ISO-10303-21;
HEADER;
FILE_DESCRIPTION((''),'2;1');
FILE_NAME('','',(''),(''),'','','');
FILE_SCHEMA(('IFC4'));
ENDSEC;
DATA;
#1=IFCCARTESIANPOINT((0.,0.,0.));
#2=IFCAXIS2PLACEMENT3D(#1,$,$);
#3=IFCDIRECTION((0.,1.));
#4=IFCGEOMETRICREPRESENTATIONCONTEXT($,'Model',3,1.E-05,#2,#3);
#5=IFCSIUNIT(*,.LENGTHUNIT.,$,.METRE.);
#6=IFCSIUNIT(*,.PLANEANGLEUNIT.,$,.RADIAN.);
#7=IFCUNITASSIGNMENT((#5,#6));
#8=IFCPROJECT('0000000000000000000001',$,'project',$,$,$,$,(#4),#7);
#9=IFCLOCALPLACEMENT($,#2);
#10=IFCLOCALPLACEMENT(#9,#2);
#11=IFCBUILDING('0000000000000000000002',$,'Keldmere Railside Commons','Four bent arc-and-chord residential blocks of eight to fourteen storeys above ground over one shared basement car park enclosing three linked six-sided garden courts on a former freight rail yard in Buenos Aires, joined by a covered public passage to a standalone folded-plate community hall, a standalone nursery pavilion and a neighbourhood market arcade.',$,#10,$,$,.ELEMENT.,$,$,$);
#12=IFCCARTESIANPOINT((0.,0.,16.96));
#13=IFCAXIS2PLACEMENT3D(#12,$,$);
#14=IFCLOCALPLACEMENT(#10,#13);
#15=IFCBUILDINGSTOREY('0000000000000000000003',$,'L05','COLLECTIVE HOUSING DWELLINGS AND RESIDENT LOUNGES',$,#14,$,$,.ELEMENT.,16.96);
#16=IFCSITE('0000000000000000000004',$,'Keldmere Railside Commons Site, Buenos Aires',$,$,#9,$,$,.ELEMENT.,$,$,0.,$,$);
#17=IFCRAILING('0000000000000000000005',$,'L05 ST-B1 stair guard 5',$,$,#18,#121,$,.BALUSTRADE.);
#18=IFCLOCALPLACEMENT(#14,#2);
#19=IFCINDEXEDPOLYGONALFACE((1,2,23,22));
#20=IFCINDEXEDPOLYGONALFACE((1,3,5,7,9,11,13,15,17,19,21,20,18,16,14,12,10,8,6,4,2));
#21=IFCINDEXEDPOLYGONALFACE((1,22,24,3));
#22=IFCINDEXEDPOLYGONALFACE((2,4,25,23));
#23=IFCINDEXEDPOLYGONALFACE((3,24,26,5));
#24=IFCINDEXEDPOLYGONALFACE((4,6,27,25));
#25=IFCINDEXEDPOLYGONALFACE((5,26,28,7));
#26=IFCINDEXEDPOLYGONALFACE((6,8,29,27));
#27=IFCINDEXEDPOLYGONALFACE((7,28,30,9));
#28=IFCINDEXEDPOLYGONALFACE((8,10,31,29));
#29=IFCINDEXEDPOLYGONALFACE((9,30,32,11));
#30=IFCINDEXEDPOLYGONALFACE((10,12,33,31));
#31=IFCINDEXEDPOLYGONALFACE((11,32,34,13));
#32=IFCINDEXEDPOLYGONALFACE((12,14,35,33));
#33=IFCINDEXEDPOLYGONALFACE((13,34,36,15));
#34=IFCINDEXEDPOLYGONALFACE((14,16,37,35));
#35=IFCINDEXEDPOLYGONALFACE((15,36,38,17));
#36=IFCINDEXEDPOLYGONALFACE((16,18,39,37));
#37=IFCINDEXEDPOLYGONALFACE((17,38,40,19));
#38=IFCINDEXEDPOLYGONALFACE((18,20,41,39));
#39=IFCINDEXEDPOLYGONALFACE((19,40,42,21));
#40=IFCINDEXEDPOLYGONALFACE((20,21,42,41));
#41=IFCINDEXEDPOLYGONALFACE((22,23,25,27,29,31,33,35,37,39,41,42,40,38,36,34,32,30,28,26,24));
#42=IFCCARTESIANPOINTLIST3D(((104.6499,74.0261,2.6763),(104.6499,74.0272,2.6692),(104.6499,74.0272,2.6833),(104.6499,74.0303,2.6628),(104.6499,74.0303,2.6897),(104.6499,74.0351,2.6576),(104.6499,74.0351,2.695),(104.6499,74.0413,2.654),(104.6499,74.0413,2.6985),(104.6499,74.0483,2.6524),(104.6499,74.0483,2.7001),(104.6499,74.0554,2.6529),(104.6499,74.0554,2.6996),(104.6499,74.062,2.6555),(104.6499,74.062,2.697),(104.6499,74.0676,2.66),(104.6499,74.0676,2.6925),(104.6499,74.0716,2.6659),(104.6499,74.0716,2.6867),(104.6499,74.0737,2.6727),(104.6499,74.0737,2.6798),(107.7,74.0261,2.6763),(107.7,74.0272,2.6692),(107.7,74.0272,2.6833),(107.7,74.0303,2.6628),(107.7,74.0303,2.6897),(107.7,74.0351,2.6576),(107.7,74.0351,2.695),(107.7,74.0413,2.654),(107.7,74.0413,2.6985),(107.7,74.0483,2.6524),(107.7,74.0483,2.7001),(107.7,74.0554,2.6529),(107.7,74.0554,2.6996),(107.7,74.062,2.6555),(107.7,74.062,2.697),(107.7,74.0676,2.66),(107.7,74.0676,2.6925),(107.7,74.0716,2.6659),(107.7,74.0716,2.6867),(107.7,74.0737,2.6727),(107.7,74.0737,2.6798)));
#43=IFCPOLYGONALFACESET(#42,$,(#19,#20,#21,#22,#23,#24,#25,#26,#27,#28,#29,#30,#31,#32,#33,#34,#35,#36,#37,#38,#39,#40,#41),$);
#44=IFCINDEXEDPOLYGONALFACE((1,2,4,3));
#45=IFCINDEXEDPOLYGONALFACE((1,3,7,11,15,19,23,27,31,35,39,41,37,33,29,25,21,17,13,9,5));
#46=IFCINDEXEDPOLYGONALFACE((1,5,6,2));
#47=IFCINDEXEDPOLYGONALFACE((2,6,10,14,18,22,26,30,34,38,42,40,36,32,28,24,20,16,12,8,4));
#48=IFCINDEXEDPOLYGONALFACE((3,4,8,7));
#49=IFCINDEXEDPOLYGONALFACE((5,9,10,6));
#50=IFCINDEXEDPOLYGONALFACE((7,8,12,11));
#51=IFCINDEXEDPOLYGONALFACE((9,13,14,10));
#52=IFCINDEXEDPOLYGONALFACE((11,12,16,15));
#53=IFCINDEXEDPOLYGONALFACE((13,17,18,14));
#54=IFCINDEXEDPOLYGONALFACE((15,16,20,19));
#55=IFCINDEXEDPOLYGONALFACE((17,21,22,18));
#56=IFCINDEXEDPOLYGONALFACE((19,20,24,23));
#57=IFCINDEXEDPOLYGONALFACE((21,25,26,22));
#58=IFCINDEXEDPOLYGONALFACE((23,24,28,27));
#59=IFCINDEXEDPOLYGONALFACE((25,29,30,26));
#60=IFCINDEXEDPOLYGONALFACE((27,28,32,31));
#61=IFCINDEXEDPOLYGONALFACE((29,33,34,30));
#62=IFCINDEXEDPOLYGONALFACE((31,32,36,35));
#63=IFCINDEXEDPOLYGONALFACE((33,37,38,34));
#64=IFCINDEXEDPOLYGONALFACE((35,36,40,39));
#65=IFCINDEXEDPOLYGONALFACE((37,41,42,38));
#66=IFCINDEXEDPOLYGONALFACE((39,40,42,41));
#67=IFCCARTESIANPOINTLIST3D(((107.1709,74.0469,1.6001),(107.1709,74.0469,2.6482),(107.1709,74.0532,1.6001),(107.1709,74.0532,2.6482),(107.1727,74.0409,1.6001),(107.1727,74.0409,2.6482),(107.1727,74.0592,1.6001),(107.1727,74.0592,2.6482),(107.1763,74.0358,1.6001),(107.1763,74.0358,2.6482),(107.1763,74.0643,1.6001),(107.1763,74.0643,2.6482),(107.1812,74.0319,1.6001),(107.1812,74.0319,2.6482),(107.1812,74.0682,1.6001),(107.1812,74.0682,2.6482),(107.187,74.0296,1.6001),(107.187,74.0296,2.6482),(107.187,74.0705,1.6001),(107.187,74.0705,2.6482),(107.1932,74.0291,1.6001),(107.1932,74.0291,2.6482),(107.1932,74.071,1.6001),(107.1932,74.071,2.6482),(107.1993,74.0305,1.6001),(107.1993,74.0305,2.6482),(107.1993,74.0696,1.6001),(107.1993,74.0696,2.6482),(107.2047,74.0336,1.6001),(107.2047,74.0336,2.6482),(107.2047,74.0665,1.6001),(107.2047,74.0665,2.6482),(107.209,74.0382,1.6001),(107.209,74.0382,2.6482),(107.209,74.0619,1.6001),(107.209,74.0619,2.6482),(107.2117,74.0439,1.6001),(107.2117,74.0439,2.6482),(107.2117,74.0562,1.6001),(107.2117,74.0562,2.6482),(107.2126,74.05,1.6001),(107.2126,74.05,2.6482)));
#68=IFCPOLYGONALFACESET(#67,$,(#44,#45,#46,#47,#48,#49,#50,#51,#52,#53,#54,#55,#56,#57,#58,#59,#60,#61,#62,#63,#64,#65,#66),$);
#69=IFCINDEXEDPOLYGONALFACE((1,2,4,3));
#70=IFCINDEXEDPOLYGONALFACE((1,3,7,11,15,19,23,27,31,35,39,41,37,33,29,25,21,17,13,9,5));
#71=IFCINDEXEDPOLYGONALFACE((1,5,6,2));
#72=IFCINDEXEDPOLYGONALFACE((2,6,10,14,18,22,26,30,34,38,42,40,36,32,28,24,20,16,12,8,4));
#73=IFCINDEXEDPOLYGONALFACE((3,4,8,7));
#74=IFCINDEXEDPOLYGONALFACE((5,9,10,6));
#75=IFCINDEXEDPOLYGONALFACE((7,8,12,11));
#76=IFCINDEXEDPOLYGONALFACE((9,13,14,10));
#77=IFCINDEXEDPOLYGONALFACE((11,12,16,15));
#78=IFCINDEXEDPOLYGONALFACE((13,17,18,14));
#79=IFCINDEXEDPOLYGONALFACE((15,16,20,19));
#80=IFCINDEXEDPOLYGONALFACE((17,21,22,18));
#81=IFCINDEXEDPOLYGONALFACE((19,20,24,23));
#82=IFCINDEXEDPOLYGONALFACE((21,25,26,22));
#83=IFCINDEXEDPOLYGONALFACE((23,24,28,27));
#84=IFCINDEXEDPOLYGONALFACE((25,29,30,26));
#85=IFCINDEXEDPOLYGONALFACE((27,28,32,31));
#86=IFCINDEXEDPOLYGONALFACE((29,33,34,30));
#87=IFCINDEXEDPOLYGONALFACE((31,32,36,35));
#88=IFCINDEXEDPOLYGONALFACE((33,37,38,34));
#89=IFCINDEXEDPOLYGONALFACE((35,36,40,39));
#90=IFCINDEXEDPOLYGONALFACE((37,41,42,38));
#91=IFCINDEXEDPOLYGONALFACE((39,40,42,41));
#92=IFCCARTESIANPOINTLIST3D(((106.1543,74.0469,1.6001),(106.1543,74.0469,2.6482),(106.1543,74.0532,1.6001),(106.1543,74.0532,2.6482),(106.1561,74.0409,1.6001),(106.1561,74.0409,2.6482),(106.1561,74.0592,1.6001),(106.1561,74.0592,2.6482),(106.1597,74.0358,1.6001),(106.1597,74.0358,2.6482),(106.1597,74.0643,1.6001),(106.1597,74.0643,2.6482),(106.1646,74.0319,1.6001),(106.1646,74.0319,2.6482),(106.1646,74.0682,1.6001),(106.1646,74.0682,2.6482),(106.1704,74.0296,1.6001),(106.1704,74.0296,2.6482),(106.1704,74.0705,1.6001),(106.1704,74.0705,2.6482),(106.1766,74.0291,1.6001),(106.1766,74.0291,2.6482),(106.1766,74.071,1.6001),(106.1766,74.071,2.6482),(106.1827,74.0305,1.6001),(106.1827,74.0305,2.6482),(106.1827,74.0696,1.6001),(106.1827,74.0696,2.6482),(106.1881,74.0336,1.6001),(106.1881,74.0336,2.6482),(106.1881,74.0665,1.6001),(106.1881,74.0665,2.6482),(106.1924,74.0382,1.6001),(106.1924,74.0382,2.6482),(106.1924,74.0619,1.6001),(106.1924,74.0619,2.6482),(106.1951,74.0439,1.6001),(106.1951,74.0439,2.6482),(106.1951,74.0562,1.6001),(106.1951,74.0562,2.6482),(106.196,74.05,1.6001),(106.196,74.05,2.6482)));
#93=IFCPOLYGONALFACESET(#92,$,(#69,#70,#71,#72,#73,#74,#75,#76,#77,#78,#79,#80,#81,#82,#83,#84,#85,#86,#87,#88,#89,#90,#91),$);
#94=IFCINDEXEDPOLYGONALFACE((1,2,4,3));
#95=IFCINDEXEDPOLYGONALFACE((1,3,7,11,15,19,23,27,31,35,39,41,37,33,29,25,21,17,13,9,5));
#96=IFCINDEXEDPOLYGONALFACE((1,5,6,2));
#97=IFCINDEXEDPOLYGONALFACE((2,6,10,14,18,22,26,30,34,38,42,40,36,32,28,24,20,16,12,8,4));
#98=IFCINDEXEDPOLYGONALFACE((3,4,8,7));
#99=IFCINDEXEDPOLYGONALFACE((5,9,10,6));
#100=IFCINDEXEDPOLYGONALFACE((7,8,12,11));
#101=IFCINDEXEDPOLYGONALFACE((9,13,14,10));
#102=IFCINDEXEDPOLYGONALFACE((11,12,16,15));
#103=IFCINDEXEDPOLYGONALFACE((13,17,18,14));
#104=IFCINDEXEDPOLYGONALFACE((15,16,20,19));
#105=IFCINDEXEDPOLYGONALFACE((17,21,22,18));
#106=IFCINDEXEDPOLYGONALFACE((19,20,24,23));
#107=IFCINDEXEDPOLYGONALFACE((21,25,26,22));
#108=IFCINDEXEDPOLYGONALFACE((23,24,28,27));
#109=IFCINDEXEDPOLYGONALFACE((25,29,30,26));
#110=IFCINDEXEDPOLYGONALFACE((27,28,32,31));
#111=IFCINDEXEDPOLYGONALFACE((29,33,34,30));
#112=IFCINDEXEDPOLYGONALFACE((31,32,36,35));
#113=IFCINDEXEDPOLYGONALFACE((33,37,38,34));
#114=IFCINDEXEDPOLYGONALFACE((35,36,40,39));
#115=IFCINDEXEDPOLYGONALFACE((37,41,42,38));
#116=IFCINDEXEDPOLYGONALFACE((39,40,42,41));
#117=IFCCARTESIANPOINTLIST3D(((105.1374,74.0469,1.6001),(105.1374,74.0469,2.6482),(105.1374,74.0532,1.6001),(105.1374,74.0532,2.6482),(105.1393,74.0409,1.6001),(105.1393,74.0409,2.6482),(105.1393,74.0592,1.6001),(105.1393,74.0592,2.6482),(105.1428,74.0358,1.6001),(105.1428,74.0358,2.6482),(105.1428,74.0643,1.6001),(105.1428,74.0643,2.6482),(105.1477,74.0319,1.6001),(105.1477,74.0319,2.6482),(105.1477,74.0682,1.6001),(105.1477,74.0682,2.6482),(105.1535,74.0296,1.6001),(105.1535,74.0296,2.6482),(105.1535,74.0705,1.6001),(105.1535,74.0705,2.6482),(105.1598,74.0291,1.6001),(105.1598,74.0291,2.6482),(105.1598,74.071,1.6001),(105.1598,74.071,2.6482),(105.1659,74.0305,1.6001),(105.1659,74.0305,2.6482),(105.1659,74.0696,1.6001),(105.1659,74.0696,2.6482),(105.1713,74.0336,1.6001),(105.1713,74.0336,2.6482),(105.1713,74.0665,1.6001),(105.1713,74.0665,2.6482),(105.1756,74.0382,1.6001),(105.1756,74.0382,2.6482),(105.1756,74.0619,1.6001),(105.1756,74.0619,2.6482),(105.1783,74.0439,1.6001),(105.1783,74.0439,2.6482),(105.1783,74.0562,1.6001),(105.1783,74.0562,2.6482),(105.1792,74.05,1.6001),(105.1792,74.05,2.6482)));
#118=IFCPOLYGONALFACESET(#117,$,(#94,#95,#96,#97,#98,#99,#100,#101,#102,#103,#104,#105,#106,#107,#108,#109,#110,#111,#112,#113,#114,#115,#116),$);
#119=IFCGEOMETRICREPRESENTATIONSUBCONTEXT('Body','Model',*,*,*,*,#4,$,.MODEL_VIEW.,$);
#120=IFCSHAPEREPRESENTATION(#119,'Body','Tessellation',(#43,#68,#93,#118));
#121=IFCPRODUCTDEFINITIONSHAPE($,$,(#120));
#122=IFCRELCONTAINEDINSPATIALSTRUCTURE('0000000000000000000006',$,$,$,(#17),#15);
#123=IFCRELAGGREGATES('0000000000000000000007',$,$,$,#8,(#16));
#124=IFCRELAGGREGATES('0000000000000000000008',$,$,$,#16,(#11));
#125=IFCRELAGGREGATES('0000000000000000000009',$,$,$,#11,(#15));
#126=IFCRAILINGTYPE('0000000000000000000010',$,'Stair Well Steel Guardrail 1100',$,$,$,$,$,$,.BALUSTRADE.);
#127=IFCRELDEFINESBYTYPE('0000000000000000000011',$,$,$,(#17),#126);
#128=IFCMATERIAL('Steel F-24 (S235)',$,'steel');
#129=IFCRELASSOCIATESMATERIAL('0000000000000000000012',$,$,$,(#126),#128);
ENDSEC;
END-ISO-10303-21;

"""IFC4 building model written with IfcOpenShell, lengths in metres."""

from ifc_helpers import new_model, si_unit, direction, frame, origin, origin_2d, place, context, subcontext, project, spatial, circle, extrude, material, type_object, element, save


model = new_model("IFC4")

# Units and contexts
model_context = context("Model", 3, precision=1e-05, world=origin(), true_north=direction((0.0, 1.0)))
body_context = subcontext(model_context, "Body", "Model", "MODEL_VIEW")
ifc_project = project(units=[si_unit("LENGTHUNIT", "METRE"), si_unit("PLANEANGLEUNIT", "RADIAN")], contexts=[model_context])

# Site, building, storey
site_placement = place(None, origin())
site = spatial("IfcSite", under=ifc_project, at=site_placement, Name="Keldmere Railside Commons Site, Buenos Aires", CompositionType="ELEMENT", RefElevation=0.0)
building_placement = place(site_placement, origin())
building = spatial("IfcBuilding", under=site, at=building_placement, Name="Keldmere Railside Commons", Description="Four bent arc-and-chord residential blocks of eight to fourteen storeys above ground over one shared basement car park enclosing three linked six-sided garden courts on a former freight rail yard in Buenos Aires, joined by a covered public passage to a standalone folded-plate community hall, a standalone nursery pavilion and a neighbourhood market arcade.", CompositionType="ELEMENT")
storey_placement = place(building_placement, frame((0.0, 0.0, 16.96)))
storey = spatial("IfcBuildingStorey", under=building, at=storey_placement, Name="L05", Description="COLLECTIVE HOUSING DWELLINGS AND RESIDENT LOUNGES", CompositionType="ELEMENT", Elevation=16.96)

# Railing
ifc_material_1 = material(Name="Steel F-24 (S235)", Category="steel")
railing_type_1 = type_object("IfcRailingType", Name="Stair Well Steel Guardrail 1100", PredefinedType="BALUSTRADE", material=ifc_material_1)
railing_1_placement = place(storey_placement, frame((107.7, 74.05, 1.6001)))
element("IfcRailing", 1, at=railing_1_placement, inside=storey, type_object=railing_type_1, Name="L05 ST-B1 stair guard 5", PredefinedType="BALUSTRADE", context=body_context, shape_type="SweptSolid", body=[
    extrude(circle(Radius=0.0239, at=origin_2d()), frame((0.0, 0.0, 1.0762), z_axis=(-1.0, 0.0, 0.0), x_axis=(0.0, -1.0, 0.0)), (0.0, 0.0, 1.0), 3.05),
    extrude(circle(Radius=0.021, at=origin_2d()), frame((-0.5083, 0.0, 0.0)), (0.0, 0.0, 1.0), 1.0481),
    extrude(circle(Radius=0.021, at=origin_2d()), frame((-1.5249, 0.0, 0.0)), (0.0, 0.0, 1.0), 1.0481),
    extrude(circle(Radius=0.021, at=origin_2d()), frame((-2.5417, 0.0, 0.0)), (0.0, 0.0, 1.0), 1.0481),
])

save(model, "model.ifc")
